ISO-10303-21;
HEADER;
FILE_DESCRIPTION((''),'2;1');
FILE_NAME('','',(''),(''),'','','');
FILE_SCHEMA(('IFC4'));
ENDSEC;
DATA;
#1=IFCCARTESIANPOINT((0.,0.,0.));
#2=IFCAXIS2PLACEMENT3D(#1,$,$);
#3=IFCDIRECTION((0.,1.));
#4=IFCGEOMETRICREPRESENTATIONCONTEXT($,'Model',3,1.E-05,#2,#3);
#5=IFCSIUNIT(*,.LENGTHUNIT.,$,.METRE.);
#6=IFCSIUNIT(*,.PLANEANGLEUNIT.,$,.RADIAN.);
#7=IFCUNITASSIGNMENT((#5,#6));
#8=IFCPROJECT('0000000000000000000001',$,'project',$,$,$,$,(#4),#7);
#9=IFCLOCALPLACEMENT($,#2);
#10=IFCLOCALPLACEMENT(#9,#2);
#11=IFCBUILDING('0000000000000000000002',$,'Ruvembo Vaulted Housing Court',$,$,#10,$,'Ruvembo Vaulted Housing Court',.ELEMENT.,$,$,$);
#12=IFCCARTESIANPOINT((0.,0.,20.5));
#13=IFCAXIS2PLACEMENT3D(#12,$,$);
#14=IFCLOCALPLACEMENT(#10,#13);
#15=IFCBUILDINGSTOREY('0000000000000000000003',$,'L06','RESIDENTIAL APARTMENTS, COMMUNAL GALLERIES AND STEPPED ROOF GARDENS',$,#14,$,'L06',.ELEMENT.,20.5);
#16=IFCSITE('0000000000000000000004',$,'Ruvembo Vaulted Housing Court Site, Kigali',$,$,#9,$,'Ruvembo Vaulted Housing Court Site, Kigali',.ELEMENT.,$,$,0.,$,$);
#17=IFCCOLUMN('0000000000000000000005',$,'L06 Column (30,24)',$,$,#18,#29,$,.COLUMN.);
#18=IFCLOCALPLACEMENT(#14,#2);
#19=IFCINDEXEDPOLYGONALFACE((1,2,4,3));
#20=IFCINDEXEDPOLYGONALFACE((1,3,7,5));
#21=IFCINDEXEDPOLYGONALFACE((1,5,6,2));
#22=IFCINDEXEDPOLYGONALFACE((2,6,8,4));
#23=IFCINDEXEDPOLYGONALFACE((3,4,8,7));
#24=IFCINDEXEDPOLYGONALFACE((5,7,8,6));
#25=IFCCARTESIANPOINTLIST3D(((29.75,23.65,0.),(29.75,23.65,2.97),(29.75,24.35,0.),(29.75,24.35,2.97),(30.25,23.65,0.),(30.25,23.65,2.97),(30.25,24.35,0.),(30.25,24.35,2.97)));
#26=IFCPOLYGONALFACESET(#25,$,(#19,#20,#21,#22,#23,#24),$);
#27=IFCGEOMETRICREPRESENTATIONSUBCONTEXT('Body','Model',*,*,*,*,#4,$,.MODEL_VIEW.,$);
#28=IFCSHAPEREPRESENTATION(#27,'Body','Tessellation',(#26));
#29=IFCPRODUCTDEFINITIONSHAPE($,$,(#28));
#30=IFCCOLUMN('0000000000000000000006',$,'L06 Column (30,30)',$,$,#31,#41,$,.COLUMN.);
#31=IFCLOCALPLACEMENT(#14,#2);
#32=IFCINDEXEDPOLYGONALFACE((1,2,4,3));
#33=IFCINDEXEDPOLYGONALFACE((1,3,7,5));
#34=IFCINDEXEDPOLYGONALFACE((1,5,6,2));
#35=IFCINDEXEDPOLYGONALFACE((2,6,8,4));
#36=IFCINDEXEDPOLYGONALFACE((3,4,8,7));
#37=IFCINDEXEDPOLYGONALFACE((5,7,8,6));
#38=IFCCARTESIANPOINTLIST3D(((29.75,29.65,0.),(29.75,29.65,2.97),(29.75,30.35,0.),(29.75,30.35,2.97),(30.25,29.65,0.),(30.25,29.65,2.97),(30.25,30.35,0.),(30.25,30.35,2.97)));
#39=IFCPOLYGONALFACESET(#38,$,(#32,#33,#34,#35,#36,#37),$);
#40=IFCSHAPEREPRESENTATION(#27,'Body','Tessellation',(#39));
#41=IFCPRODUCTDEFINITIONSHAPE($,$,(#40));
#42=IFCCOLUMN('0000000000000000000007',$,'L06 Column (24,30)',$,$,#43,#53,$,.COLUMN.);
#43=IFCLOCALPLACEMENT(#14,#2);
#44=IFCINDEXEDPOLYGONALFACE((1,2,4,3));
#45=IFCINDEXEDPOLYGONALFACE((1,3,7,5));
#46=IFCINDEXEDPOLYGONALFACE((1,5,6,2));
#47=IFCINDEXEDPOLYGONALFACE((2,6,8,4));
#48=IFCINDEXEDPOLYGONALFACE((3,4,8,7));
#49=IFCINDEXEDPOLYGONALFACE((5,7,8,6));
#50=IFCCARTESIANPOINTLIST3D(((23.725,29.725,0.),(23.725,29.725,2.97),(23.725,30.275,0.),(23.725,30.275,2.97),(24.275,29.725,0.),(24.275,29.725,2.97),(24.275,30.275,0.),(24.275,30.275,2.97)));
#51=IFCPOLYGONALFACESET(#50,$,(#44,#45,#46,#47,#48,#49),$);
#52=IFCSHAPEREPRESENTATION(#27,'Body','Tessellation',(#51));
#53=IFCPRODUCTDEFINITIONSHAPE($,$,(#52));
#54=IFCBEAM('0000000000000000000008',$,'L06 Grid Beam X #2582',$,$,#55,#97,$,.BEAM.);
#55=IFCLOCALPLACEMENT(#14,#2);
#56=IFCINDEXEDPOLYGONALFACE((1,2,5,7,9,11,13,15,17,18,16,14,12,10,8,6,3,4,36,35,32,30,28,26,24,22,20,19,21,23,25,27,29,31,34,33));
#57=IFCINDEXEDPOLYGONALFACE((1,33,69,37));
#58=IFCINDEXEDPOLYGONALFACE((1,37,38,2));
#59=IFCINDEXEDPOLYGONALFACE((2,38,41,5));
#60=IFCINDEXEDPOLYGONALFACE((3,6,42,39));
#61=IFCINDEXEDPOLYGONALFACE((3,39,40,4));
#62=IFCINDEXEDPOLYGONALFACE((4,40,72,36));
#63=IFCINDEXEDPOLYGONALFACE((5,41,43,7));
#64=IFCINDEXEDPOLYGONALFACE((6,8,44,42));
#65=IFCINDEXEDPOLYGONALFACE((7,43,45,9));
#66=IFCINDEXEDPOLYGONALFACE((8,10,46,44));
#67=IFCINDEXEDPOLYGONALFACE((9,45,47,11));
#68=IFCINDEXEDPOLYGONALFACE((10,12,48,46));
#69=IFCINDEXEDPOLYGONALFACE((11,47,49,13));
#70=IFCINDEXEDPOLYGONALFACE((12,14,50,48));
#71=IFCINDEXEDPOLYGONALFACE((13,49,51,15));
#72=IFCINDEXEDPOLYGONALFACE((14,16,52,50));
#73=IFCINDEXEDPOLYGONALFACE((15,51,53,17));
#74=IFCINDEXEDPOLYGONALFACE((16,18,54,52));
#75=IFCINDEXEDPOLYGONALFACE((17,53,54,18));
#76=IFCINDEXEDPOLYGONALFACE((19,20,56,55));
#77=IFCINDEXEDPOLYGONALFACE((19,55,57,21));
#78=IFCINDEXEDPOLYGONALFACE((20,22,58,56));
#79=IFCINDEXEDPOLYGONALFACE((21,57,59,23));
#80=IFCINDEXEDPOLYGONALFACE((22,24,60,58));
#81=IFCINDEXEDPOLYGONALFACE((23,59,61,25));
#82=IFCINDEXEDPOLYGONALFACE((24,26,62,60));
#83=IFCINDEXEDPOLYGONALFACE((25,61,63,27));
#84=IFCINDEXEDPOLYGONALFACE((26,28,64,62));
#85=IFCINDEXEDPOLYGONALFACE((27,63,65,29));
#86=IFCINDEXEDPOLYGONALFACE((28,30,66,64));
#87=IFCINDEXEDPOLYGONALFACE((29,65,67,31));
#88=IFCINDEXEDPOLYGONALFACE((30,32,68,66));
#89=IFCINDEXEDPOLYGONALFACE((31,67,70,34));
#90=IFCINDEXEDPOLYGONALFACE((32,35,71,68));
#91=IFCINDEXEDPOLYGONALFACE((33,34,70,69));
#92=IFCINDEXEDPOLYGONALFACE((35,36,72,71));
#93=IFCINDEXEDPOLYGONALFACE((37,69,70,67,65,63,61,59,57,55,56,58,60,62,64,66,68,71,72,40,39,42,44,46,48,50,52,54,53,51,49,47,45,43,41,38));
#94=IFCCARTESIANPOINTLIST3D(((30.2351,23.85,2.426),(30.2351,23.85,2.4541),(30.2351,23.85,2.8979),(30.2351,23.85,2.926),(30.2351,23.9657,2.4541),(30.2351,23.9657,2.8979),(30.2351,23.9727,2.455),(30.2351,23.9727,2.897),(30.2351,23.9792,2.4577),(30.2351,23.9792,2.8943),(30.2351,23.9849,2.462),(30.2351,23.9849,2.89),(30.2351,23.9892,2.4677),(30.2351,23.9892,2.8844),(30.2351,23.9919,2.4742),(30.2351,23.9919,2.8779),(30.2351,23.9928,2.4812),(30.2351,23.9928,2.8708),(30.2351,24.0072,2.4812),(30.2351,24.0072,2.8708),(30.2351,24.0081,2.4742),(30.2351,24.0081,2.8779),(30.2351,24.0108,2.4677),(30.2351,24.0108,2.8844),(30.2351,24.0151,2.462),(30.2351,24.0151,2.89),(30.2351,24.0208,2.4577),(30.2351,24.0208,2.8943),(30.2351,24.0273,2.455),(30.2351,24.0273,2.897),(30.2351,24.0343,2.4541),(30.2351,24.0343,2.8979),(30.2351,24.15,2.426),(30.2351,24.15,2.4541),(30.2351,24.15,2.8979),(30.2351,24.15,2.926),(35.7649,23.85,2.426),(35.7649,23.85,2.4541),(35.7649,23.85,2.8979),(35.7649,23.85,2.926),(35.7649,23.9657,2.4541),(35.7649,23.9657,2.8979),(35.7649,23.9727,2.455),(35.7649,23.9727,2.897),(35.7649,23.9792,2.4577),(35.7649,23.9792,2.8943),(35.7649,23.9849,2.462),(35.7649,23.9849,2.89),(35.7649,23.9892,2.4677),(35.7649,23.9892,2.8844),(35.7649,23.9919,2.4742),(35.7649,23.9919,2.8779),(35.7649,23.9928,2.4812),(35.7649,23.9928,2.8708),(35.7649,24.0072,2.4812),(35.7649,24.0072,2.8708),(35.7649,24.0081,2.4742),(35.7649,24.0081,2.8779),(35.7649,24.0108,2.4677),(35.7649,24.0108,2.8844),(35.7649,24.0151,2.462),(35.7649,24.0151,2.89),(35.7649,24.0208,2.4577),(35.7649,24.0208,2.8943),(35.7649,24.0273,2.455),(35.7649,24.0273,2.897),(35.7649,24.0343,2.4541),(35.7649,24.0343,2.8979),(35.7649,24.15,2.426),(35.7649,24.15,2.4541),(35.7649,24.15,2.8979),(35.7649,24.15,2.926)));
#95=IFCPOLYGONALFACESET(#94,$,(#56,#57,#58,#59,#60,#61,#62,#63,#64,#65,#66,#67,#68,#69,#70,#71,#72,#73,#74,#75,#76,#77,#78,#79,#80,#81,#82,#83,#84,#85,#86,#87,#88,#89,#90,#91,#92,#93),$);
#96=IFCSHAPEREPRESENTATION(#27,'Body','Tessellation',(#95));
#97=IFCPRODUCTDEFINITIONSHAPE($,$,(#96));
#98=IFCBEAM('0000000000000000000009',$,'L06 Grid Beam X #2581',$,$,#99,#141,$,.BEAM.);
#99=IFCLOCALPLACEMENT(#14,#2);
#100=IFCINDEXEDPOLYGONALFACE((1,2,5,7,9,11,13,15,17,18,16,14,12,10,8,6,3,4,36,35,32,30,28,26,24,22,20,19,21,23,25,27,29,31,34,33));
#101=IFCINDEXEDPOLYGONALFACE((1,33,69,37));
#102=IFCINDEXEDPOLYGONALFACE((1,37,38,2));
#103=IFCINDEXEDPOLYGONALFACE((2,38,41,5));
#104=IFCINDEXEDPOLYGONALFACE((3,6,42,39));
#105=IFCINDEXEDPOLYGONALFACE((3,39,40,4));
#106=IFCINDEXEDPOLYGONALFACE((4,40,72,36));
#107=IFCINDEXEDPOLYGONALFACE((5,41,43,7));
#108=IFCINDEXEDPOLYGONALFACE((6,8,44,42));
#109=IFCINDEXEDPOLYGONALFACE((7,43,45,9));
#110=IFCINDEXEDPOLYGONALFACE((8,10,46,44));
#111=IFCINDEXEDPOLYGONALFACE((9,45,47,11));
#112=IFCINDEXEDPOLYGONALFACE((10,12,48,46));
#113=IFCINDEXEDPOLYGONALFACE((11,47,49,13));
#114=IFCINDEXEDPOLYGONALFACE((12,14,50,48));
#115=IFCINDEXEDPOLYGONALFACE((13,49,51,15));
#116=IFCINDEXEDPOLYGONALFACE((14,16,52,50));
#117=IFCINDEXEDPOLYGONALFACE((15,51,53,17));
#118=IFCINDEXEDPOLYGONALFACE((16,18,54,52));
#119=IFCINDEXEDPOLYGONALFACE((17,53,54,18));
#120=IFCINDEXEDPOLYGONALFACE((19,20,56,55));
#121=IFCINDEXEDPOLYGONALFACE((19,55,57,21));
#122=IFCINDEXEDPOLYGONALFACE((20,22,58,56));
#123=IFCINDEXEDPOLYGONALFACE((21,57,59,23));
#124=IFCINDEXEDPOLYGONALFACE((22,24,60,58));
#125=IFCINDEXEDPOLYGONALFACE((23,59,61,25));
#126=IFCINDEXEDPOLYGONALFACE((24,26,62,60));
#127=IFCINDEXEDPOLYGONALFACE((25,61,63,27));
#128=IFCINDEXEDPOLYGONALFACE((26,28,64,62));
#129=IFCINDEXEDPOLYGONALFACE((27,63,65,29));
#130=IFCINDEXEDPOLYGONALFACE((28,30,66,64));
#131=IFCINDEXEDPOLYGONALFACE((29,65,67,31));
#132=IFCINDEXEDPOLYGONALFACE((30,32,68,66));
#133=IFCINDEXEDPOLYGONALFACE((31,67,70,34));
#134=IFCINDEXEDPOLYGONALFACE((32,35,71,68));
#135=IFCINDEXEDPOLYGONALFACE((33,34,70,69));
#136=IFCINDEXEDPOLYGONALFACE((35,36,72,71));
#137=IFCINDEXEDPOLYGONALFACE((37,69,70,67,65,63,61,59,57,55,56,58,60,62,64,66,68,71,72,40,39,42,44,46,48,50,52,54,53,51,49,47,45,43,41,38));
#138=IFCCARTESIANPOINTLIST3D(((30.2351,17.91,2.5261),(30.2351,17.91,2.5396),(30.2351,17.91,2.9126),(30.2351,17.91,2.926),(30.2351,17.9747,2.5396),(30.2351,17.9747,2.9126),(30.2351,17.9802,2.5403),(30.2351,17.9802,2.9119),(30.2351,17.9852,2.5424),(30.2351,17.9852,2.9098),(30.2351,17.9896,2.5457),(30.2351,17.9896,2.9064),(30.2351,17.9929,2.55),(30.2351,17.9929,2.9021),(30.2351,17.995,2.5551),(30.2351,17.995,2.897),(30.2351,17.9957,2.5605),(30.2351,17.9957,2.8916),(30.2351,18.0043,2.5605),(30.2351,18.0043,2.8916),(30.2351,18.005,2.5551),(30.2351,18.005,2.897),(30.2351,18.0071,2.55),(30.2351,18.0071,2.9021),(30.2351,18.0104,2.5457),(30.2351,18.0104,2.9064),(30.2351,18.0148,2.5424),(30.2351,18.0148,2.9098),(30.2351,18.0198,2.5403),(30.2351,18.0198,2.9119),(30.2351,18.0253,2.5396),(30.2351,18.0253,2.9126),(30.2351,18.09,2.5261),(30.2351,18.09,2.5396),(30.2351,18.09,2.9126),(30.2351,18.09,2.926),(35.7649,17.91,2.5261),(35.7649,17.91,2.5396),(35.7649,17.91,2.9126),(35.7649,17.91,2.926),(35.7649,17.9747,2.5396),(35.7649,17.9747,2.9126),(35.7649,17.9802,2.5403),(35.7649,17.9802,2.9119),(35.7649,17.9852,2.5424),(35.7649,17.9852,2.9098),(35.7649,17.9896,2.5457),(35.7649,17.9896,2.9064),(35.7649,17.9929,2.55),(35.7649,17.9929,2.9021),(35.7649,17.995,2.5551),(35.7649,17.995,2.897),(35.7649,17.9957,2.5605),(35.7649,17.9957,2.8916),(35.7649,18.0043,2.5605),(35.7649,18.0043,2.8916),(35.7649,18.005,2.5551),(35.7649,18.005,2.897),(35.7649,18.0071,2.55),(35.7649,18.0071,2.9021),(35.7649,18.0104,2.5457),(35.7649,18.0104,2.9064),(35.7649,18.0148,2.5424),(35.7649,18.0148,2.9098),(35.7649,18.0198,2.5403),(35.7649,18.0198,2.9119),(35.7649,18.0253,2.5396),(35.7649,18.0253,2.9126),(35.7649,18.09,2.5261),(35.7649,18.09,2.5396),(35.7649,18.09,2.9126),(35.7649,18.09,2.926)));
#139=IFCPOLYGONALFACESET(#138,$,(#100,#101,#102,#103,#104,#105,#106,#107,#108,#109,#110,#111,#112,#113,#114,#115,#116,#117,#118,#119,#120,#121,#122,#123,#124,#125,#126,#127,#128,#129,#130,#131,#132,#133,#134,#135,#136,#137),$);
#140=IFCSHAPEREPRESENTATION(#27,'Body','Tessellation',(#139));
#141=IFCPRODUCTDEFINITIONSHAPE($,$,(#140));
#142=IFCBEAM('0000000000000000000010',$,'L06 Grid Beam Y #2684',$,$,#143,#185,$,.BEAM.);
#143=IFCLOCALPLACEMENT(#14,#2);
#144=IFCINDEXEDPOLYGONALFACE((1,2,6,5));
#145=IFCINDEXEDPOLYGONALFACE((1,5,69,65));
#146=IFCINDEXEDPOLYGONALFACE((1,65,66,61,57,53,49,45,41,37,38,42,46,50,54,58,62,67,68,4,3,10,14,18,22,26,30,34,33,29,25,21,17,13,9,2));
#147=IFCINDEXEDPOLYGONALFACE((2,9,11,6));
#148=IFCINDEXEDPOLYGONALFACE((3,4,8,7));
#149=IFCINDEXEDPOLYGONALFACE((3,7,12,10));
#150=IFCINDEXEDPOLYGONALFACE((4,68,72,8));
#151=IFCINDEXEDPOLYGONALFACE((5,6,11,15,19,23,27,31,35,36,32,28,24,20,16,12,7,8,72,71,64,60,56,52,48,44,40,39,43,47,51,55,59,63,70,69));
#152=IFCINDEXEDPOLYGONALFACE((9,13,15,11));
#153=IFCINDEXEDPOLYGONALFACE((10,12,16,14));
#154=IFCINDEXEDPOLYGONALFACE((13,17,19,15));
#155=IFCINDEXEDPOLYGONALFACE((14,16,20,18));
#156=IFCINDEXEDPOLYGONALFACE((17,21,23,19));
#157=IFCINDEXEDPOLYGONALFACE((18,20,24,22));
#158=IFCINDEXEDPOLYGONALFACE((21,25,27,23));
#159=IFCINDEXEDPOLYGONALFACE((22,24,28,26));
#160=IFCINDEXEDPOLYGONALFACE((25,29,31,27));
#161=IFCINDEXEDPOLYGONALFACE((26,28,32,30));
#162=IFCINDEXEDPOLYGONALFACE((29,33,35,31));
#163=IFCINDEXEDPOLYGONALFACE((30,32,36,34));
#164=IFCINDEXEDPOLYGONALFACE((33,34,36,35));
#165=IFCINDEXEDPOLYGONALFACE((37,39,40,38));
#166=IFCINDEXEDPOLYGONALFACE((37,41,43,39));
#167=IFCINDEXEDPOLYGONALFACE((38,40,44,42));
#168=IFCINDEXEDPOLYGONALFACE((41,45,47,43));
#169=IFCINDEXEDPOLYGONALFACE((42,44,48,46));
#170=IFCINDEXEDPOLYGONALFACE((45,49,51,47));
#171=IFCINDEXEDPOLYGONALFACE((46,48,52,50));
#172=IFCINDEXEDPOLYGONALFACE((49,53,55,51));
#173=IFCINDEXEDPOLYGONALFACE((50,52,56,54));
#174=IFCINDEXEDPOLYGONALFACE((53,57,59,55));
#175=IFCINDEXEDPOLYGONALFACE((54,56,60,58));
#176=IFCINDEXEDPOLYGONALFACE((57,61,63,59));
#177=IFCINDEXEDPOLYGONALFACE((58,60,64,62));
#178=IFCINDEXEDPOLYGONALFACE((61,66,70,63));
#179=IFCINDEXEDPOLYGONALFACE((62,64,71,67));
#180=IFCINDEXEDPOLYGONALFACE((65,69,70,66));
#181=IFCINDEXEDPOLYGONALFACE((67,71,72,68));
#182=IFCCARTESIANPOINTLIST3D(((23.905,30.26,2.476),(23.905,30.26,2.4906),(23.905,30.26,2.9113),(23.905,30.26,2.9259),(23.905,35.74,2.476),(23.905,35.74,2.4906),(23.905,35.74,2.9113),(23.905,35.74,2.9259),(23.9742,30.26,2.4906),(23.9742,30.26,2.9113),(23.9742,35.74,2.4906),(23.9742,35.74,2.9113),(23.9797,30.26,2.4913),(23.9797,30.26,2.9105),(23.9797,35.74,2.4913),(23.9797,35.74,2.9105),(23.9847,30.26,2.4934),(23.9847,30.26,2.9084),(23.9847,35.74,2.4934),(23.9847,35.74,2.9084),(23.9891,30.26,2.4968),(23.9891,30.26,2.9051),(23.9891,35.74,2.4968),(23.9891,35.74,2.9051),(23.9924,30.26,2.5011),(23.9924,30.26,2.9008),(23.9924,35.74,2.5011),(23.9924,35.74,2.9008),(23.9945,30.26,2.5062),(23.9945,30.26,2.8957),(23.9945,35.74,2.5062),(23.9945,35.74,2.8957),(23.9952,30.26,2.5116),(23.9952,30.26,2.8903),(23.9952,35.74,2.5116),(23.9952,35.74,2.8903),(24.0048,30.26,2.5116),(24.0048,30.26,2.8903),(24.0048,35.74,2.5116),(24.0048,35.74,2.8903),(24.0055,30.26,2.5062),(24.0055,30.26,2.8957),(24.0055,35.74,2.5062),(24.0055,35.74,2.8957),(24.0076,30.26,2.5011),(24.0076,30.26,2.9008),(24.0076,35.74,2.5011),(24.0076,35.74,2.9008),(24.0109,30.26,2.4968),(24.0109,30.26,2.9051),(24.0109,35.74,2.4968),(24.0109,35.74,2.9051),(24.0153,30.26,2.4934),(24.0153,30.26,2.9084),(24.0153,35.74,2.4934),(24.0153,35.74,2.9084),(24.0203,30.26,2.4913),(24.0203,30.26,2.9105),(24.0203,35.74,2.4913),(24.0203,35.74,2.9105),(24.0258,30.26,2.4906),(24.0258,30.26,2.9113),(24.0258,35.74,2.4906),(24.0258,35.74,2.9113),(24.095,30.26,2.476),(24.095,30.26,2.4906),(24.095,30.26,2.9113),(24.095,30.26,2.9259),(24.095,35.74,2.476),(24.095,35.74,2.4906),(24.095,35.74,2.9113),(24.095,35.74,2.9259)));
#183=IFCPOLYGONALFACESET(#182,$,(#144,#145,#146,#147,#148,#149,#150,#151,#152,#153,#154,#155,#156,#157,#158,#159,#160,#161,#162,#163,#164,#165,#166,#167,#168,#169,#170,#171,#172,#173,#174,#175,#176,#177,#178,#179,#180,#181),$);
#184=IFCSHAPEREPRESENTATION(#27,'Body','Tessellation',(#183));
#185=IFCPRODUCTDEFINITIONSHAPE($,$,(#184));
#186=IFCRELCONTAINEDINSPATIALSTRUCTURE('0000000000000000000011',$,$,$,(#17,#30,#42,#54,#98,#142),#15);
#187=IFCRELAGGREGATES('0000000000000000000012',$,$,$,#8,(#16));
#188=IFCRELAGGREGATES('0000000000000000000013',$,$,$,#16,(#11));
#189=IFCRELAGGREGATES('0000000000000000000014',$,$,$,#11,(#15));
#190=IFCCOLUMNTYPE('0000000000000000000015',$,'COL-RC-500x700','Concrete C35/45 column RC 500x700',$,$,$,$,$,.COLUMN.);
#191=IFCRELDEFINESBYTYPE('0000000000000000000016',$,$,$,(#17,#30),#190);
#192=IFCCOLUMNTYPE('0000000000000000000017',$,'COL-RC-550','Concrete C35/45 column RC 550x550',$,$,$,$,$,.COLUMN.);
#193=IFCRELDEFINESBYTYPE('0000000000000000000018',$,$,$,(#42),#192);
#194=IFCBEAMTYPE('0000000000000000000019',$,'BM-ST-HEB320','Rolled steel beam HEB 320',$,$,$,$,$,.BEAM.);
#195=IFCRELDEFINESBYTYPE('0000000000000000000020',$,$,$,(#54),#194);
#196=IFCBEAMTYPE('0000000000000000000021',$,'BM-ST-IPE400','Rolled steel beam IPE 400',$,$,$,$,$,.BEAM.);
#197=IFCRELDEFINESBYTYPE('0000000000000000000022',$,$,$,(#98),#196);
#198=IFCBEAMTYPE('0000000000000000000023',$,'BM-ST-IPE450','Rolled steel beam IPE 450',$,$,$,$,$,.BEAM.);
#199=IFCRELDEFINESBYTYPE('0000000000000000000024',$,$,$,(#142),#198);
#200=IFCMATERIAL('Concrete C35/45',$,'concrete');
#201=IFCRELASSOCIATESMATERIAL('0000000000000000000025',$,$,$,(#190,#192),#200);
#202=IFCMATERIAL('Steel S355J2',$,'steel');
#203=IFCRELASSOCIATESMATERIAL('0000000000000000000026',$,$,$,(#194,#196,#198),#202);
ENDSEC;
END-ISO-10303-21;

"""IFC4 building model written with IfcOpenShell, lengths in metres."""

from ifc_helpers import new_model, si_unit, direction, frame, origin, origin_2d, place, context, subcontext, project, spatial, rectangle, i_section, extrude, material, material_profile, profile_set, type_object, element, save


model = new_model("IFC4")

# Units and contexts
model_context = context("Model", 3, precision=1e-05, world=origin(), true_north=direction((0.0, 1.0)))
body_context = subcontext(model_context, "Body", "Model", "MODEL_VIEW")
ifc_project = project(units=[si_unit("LENGTHUNIT", "METRE"), si_unit("PLANEANGLEUNIT", "RADIAN")], contexts=[model_context])

# Site, building, storey
site_placement = place(None, origin())
site = spatial("IfcSite", under=ifc_project, at=site_placement, Name="Ruvembo Vaulted Housing Court Site, Kigali", LongName="Ruvembo Vaulted Housing Court Site, Kigali", CompositionType="ELEMENT", RefElevation=0.0)
building_placement = place(site_placement, origin())
building = spatial("IfcBuilding", under=site, at=building_placement, Name="Ruvembo Vaulted Housing Court", LongName="Ruvembo Vaulted Housing Court", CompositionType="ELEMENT")
storey_placement = place(building_placement, frame((0.0, 0.0, 20.5)))
storey = spatial("IfcBuildingStorey", under=building, at=storey_placement, Name="L06", Description="RESIDENTIAL APARTMENTS, COMMUNAL GALLERIES AND STEPPED ROOF GARDENS", LongName="L06", CompositionType="ELEMENT", Elevation=20.5)

# Columns
ifc_material_1 = material(Name="Concrete C35/45", Category="concrete")
ifc_material_profile_1 = material_profile(ifc_material_1, rectangle(XDim=0.5, YDim=0.7, at=origin_2d()), Name="RC 500x700")
ifc_profile_set_1 = profile_set([ifc_material_profile_1], Name="Concrete C35/45")
column_type_1 = type_object("IfcColumnType", Name="COL-RC-500x700", Description="Concrete C35/45 column RC 500x700", PredefinedType="COLUMN", material=ifc_profile_set_1)
for number, where, z_axis, x_axis, name in (
    (1, (30.0, 24.0, 0.0), (0.0, 0.0, 1.0), (1.0, 0.0, 0.0), "L06 Column (30,24)"),
    (2, (30.0, 30.0, 0.0), (0.0, 0.0, 1.0), (1.0, 0.0, 0.0), "L06 Column (30,30)"),
):
    element("IfcColumn", number, at=place(storey_placement, frame(where, z_axis=z_axis, x_axis=x_axis)), inside=storey, type_object=column_type_1, Name=name, PredefinedType="COLUMN", context=body_context, shape_type="SweptSolid", body=[
        extrude(rectangle(XDim=0.5, YDim=0.7, at=origin_2d()), origin(), (0.0, 0.0, 1.0), 2.97),
    ])
ifc_material_profile_2 = material_profile(ifc_material_1, rectangle(XDim=0.55, YDim=0.55, at=origin_2d()), Name="RC 550x550")
ifc_profile_set_2 = profile_set([ifc_material_profile_2], Name="Concrete C35/45")
column_type_2 = type_object("IfcColumnType", Name="COL-RC-550", Description="Concrete C35/45 column RC 550x550", PredefinedType="COLUMN", material=ifc_profile_set_2)
column_placement = place(storey_placement, frame((24.0, 30.0, 0.0), z_axis=(0.0, 0.0, 1.0), x_axis=(1.0, 0.0, 0.0)))
element("IfcColumn", 3, at=column_placement, inside=storey, type_object=column_type_2, Name="L06 Column (24,30)", PredefinedType="COLUMN", context=body_context, shape_type="SweptSolid", body=[
    extrude(rectangle(XDim=0.55, YDim=0.55, at=origin_2d()), origin(), (0.0, 0.0, 1.0), 2.97),
])

# Beams
ifc_material_2 = material(Name="Steel S355J2", Category="steel")
ifc_material_profile_3 = material_profile(ifc_material_2, i_section(OverallWidth=0.3, OverallDepth=0.5, WebThickness=0.0144, FlangeThickness=0.0281, FilletRadius=0.0271, at=origin_2d()), Name="HEB 320")
ifc_profile_set_3 = profile_set([ifc_material_profile_3], Name="Steel S355J2")
beam_type_1 = type_object("IfcBeamType", Name="BM-ST-HEB320", Description="Rolled steel beam HEB 320", PredefinedType="BEAM", material=ifc_profile_set_3)
beam_1_placement = place(storey_placement, frame((30.2351, 24.0, 2.676), z_axis=(1.0, 0.0, 0.0), x_axis=(0.0, 1.0, 0.0)))
element("IfcBeam", 4, at=beam_1_placement, inside=storey, type_object=beam_type_1, Name="L06 Grid Beam X #2582", PredefinedType="BEAM", context=body_context, shape_type="SweptSolid", body=[
    extrude(i_section(OverallWidth=0.3, OverallDepth=0.5, WebThickness=0.0144, FlangeThickness=0.0281, FilletRadius=0.0271, at=origin_2d()), origin(), (0.0, 0.0, 1.0), 5.5298),
])
ifc_material_profile_4 = material_profile(ifc_material_2, i_section(OverallWidth=0.1799, OverallDepth=0.3999, WebThickness=0.0085, FlangeThickness=0.0134, FilletRadius=0.021, at=origin_2d()), Name="IPE 400")
ifc_profile_set_4 = profile_set([ifc_material_profile_4], Name="Steel S355J2")
beam_type_2 = type_object("IfcBeamType", Name="BM-ST-IPE400", Description="Rolled steel beam IPE 400", PredefinedType="BEAM", material=ifc_profile_set_4)
beam_2_placement = place(storey_placement, frame((30.2351, 18.0, 2.7261), z_axis=(1.0, 0.0, 0.0), x_axis=(0.0, 1.0, 0.0)))
element("IfcBeam", 5, at=beam_2_placement, inside=storey, type_object=beam_type_2, Name="L06 Grid Beam X #2581", PredefinedType="BEAM", context=body_context, shape_type="SweptSolid", body=[
    extrude(i_section(OverallWidth=0.1799, OverallDepth=0.3999, WebThickness=0.0085, FlangeThickness=0.0134, FilletRadius=0.021, at=origin_2d()), origin(), (0.0, 0.0, 1.0), 5.5298),
])
ifc_material_profile_5 = material_profile(ifc_material_2, i_section(OverallWidth=0.1899, OverallDepth=0.45, WebThickness=0.0095, FlangeThickness=0.0146, FilletRadius=0.021, at=origin_2d()), Name="IPE 450")
ifc_profile_set_5 = profile_set([ifc_material_profile_5], Name="Steel S355J2")
beam_type_3 = type_object("IfcBeamType", Name="BM-ST-IPE450", Description="Rolled steel beam IPE 450", PredefinedType="BEAM", material=ifc_profile_set_5)
beam_3_placement = place(storey_placement, frame((24.0, 30.26, 2.7009), z_axis=(0.0, 1.0, 0.0), x_axis=(-1.0, 0.0, 0.0)))
element("IfcBeam", 6, at=beam_3_placement, inside=storey, type_object=beam_type_3, Name="L06 Grid Beam Y #2684", PredefinedType="BEAM", context=body_context, shape_type="SweptSolid", body=[
    extrude(i_section(OverallWidth=0.1899, OverallDepth=0.45, WebThickness=0.0095, FlangeThickness=0.0146, FilletRadius=0.021, at=origin_2d()), origin(), (0.0, 0.0, 1.0), 5.48),
])

save(model, "model.ifc")
